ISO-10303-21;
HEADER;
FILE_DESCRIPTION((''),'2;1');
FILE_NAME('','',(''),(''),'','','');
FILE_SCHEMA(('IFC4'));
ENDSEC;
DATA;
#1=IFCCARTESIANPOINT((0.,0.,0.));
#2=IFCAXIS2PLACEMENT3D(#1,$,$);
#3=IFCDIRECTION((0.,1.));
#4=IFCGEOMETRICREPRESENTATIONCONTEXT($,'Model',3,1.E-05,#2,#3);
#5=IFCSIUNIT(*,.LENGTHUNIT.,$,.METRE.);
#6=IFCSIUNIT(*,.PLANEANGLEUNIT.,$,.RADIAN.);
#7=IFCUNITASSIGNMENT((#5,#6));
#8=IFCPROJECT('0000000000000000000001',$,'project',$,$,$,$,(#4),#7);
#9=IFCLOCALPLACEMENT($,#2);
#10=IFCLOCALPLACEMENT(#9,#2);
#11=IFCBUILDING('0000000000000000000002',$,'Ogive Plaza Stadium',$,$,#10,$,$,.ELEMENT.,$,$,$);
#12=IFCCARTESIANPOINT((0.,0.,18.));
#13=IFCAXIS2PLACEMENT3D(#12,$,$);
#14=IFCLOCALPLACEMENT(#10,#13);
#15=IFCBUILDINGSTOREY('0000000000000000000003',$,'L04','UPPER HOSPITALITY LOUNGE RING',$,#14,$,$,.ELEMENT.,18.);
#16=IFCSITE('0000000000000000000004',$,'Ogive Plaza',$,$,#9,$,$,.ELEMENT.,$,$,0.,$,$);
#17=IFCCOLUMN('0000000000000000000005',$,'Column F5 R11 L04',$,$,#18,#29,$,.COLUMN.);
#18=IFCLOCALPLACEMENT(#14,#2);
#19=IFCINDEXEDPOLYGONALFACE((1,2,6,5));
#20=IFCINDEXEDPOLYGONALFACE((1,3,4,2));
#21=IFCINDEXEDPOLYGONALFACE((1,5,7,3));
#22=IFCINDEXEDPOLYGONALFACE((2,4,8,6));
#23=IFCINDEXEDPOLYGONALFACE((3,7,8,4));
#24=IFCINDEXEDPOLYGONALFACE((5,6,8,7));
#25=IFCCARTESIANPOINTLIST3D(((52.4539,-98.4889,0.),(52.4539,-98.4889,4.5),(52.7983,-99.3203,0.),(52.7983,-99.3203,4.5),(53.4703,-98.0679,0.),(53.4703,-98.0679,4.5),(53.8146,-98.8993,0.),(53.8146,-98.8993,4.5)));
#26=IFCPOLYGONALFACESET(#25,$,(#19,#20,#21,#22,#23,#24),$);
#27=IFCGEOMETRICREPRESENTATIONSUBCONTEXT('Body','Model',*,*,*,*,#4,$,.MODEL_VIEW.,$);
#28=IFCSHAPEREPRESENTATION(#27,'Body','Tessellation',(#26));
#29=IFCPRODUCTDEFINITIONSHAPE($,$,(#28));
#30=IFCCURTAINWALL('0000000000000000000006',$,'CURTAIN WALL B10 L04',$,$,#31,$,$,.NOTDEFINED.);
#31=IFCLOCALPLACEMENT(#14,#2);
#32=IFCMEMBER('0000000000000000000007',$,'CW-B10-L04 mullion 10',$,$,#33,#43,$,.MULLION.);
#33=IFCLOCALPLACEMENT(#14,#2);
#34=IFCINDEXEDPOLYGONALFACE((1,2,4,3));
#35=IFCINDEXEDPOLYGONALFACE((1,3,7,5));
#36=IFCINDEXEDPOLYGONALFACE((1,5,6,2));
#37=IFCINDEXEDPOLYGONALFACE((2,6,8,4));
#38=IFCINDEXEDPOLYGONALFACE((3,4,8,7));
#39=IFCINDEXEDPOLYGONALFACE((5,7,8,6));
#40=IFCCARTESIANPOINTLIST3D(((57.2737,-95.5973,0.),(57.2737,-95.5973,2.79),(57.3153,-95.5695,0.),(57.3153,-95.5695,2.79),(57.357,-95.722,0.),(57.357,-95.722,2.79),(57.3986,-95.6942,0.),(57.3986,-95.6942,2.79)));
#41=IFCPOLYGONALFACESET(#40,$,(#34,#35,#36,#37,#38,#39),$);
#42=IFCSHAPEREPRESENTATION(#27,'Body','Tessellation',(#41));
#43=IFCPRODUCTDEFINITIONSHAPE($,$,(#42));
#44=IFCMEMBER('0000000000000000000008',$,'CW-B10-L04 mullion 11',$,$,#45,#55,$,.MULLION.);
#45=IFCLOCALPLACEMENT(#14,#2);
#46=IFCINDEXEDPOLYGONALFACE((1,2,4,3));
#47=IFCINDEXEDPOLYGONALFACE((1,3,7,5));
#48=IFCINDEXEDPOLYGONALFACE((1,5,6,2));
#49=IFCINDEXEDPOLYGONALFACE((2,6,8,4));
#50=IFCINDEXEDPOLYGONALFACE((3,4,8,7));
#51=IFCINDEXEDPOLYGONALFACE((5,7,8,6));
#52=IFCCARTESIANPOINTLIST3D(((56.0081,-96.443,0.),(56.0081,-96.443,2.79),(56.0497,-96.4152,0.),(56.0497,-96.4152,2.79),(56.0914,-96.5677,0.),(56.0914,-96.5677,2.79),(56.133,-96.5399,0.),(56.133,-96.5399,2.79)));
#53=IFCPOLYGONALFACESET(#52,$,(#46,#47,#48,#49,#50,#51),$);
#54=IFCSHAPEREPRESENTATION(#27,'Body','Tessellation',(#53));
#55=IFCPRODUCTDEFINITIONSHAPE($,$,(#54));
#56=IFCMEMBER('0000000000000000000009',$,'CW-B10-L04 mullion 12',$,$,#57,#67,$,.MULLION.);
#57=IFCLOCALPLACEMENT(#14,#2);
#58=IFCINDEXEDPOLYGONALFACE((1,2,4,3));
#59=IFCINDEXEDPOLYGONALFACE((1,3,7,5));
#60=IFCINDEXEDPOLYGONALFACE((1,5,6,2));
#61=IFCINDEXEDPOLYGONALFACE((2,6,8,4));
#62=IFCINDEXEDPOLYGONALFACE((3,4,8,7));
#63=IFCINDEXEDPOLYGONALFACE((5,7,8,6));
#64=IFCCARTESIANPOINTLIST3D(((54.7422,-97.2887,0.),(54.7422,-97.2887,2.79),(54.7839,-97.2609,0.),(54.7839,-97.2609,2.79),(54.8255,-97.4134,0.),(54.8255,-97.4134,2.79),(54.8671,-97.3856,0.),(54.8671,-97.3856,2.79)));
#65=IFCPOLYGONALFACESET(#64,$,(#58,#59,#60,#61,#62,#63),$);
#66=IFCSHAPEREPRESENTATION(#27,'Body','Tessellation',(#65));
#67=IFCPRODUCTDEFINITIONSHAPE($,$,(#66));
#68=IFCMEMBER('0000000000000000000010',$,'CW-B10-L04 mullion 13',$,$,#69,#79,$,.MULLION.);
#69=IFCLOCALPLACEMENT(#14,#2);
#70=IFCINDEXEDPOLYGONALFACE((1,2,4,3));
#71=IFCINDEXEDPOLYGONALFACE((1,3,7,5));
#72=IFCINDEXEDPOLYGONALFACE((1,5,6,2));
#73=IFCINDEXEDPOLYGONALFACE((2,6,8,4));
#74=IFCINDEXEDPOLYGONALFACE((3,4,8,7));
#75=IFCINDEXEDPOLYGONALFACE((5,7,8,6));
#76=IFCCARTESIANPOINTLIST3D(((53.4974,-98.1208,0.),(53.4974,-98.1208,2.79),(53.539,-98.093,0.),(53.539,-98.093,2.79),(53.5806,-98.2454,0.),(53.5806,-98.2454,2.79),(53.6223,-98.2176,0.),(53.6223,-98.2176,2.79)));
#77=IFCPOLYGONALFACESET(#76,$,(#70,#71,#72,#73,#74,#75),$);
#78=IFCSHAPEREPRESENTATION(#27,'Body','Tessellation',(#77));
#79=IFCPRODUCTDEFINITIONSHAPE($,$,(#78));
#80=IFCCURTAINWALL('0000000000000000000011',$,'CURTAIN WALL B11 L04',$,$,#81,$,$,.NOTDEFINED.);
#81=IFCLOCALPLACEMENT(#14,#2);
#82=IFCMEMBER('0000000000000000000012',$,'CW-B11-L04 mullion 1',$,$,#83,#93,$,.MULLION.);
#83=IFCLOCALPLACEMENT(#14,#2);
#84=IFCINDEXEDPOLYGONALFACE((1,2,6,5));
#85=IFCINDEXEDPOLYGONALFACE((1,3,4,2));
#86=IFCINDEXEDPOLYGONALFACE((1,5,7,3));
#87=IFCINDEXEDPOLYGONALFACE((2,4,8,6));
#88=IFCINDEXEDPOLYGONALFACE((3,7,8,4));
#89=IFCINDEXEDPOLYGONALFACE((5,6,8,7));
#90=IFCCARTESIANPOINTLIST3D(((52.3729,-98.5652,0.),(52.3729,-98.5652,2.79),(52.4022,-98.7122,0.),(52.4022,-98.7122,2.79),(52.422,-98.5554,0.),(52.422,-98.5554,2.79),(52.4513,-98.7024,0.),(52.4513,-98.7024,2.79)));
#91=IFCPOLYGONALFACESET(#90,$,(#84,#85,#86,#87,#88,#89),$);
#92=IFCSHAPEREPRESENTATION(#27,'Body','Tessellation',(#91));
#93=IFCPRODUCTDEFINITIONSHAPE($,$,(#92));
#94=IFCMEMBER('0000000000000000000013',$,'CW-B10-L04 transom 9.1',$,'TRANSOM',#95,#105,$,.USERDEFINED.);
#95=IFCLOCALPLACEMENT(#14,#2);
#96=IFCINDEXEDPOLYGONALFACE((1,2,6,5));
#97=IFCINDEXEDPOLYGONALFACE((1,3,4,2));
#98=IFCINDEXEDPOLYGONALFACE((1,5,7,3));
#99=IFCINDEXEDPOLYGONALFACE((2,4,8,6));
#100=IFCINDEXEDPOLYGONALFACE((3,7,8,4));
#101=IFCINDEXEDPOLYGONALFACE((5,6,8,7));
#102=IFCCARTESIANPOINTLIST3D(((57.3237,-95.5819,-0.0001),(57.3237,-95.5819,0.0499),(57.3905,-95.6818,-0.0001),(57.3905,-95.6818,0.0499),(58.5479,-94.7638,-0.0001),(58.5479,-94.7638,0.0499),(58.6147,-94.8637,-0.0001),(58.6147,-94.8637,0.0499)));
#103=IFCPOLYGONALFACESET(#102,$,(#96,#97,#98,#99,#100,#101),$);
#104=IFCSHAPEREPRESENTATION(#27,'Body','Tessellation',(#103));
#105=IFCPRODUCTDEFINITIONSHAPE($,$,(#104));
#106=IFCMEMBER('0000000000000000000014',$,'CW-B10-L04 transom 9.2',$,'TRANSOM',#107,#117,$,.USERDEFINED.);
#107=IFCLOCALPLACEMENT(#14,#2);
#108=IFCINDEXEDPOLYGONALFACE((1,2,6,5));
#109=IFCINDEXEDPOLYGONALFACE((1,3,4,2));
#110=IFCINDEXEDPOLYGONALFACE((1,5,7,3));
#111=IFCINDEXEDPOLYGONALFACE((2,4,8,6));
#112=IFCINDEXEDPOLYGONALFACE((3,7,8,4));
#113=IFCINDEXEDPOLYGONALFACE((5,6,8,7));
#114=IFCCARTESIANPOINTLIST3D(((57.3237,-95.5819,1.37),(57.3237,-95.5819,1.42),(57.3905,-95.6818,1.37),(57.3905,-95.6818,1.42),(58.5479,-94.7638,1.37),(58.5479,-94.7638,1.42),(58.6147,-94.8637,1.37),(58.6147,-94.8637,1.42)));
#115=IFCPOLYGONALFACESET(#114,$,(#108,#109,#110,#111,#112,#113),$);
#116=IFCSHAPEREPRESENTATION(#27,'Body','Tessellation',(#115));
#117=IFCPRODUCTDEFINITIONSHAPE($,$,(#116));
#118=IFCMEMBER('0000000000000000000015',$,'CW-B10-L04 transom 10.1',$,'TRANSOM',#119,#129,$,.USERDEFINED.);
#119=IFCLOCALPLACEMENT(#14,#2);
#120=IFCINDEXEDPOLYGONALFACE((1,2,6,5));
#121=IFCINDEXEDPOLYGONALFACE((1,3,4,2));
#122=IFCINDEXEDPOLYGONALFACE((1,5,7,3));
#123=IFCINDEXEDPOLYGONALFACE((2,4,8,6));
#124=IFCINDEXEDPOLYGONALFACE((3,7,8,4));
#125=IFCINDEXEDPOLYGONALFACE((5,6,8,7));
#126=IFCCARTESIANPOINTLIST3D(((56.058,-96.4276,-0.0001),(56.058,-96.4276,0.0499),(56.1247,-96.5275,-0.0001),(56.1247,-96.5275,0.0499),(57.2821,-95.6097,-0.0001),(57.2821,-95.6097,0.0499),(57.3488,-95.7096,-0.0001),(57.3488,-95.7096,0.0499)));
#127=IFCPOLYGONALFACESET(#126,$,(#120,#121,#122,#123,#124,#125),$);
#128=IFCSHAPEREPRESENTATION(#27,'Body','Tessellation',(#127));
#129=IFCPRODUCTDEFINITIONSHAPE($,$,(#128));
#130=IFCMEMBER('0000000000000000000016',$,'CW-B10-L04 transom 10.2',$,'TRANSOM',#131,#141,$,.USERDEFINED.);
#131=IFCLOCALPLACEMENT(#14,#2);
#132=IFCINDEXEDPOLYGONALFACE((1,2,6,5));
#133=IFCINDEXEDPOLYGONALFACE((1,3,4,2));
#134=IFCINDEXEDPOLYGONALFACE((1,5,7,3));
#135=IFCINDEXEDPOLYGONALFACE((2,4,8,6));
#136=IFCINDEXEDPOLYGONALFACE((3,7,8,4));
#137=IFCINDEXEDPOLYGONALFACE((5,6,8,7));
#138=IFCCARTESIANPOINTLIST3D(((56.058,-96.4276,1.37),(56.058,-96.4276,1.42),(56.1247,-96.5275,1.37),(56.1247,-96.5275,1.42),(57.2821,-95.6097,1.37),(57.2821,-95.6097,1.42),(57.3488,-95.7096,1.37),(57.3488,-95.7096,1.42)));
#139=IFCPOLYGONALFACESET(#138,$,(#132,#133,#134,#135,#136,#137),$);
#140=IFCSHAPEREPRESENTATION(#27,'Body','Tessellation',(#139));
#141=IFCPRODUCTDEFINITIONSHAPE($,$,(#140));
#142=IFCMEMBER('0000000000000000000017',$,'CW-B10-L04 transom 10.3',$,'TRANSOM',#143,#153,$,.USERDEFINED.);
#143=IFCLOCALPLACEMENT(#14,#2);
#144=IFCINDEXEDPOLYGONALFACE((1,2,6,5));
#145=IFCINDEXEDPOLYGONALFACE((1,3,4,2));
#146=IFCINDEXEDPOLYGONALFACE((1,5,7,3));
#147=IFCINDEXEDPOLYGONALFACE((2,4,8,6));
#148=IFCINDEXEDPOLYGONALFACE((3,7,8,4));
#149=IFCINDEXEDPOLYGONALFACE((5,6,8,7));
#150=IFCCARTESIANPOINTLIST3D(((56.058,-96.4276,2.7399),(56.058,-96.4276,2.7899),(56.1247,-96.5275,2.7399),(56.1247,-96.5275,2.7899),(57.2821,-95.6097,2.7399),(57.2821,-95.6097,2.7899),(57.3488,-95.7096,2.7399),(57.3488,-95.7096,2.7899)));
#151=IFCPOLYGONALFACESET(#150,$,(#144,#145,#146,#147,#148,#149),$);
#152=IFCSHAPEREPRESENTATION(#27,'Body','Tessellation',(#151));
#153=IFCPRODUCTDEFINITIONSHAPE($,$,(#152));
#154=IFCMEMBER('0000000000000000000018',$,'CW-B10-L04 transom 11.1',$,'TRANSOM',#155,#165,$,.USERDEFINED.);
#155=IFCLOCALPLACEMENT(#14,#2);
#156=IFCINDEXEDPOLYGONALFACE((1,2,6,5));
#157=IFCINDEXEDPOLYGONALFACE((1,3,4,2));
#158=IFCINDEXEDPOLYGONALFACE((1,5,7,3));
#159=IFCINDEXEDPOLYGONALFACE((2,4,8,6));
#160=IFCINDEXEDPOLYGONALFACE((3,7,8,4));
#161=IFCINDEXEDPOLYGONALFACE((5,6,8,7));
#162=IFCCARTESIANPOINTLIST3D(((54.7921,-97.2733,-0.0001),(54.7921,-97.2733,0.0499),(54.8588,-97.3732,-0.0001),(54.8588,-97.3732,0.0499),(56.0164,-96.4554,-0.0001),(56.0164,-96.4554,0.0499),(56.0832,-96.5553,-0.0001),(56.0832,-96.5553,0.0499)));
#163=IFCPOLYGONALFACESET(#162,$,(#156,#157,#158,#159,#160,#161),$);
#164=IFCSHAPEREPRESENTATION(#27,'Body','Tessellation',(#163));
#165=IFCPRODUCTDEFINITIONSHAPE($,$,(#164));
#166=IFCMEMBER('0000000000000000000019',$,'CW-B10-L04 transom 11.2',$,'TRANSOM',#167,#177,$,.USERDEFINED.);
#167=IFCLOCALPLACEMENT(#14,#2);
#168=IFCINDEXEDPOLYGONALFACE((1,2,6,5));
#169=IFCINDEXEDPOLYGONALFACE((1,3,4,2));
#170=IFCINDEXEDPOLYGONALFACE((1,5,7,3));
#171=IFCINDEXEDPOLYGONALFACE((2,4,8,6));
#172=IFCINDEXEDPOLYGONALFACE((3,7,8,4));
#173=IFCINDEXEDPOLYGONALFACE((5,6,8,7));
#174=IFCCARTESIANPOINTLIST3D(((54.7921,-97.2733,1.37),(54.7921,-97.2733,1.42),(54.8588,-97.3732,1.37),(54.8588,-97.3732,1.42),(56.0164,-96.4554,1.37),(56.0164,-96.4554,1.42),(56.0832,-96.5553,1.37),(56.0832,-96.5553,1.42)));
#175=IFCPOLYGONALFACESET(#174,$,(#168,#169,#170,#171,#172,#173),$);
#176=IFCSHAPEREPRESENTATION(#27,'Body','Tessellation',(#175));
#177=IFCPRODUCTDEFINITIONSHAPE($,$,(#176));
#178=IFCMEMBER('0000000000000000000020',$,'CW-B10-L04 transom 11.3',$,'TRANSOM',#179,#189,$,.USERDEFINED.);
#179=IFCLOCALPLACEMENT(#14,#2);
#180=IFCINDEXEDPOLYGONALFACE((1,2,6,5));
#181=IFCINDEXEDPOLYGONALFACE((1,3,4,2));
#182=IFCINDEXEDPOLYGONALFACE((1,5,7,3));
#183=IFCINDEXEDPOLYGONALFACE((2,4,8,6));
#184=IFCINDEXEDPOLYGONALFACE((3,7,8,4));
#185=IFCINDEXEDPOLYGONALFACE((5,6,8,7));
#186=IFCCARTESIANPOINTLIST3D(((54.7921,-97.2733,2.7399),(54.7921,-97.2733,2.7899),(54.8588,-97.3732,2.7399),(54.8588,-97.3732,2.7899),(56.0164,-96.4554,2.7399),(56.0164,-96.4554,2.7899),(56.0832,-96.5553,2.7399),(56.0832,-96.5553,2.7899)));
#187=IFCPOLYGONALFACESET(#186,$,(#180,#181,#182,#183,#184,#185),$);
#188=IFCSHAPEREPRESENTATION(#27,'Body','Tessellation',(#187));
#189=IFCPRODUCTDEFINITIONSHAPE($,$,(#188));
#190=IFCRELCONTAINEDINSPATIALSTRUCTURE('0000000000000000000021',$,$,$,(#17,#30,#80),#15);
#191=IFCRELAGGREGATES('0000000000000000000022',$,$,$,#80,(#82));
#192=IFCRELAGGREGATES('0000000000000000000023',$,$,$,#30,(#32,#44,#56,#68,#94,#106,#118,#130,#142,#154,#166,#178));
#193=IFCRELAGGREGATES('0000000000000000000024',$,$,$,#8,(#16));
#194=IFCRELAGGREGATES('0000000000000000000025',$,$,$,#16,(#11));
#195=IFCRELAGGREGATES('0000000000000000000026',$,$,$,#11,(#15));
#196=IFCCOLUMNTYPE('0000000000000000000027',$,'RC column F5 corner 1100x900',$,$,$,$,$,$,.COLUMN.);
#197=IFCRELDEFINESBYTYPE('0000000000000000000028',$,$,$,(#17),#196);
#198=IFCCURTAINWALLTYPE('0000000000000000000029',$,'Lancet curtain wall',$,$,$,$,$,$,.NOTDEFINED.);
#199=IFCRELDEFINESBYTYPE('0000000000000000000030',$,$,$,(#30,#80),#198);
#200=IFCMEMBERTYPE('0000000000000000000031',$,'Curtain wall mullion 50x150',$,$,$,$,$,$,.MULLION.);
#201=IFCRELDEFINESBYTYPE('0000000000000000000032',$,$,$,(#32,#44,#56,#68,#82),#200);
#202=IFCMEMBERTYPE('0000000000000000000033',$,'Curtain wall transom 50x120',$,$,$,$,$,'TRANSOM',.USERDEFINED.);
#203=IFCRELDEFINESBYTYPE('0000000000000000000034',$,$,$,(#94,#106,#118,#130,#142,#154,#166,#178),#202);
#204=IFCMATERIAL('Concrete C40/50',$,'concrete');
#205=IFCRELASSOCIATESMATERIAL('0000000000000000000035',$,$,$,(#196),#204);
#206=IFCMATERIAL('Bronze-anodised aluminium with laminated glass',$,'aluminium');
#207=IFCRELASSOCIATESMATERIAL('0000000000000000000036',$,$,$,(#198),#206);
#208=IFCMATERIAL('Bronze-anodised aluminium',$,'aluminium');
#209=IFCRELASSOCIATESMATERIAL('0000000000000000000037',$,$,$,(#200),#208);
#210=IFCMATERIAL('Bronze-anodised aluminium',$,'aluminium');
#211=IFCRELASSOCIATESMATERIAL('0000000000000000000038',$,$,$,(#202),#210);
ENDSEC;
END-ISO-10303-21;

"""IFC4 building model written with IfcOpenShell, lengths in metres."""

from ifc_helpers import new_model, si_unit, direction, frame, origin, origin_2d, place, context, subcontext, project, spatial, rectangle, extrude, material, material_profile, profile_set, type_object, element, aggregate, save


model = new_model("IFC4")

# Units and contexts
model_context = context("Model", 3, precision=1e-05, world=origin(), true_north=direction((0.0, 1.0)))
body_context = subcontext(model_context, "Body", "Model", "MODEL_VIEW")
ifc_project = project(units=[si_unit("LENGTHUNIT", "METRE"), si_unit("PLANEANGLEUNIT", "RADIAN")], contexts=[model_context])

# Site, building, storey
site_placement = place(None, origin())
site = spatial("IfcSite", under=ifc_project, at=site_placement, Name="Ogive Plaza", CompositionType="ELEMENT", RefElevation=0.0)
building_placement = place(site_placement, origin())
building = spatial("IfcBuilding", under=site, at=building_placement, Name="Ogive Plaza Stadium", CompositionType="ELEMENT")
storey_placement = place(building_placement, frame((0.0, 0.0, 18.0)))
storey = spatial("IfcBuildingStorey", under=building, at=storey_placement, Name="L04", Description="UPPER HOSPITALITY LOUNGE RING", CompositionType="ELEMENT", Elevation=18.0)

# Column
ifc_material_1 = material(Name="Concrete C40/50", Category="concrete")
ifc_material_profile_1 = material_profile(ifc_material_1, rectangle(XDim=1.1001, YDim=0.8999, at=origin_2d()), Name="RC 1100x900")
ifc_profile_set_1 = profile_set([ifc_material_profile_1], Name="Concrete C40/50")
column_type = type_object("IfcColumnType", Name="RC column F5 corner 1100x900", PredefinedType="COLUMN", material=ifc_profile_set_1)
column_placement = place(storey_placement, frame((53.1343, -98.6941, 0.0), z_axis=(0.0, 0.0, 1.0), x_axis=(0.92388, 0.382683, 0.0)))
element("IfcColumn", 1, at=column_placement, inside=storey, type_object=column_type, Name="Column F5 R11 L04", PredefinedType="COLUMN", context=body_context, shape_type="SweptSolid", body=[
    extrude(rectangle(XDim=1.1001, YDim=0.8999, at=origin_2d()), origin(), (0.0, 0.0, 1.0), 4.5),
])

# Curtain wall, members
ifc_material_2 = material(Name="Bronze-anodised aluminium with laminated glass", Category="aluminium")
curtain_wall_type = type_object("IfcCurtainWallType", Name="Lancet curtain wall", PredefinedType="NOTDEFINED", material=ifc_material_2)
curtain_wall_1_placement = place(storey_placement, origin())
curtain_wall_1 = element("IfcCurtainWall", 2, at=curtain_wall_1_placement, inside=storey, type_object=curtain_wall_type, Name="CURTAIN WALL B10 L04", PredefinedType="NOTDEFINED")
ifc_material_3 = material(Name="Bronze-anodised aluminium", Category="aluminium")
ifc_material_profile_2 = material_profile(ifc_material_3, rectangle(XDim=0.1499, YDim=0.05, at=origin_2d()), Name="AL 150x50")
ifc_profile_set_2 = profile_set([ifc_material_profile_2], Name="Bronze-anodised aluminium")
member_type_1 = type_object("IfcMemberType", Name="Curtain wall mullion 50x150", PredefinedType="MULLION", material=ifc_profile_set_2)
member_1_placement = place(storey_placement, frame((57.3362, -95.6458, 0.0), z_axis=(0.0, 0.0, 1.0), x_axis=(0.55557, -0.83147, 0.0)))
member_1 = element("IfcMember", 3, at=member_1_placement, type_object=member_type_1, Name="CW-B10-L04 mullion 10", PredefinedType="MULLION", context=body_context, shape_type="SweptSolid", body=[
    extrude(rectangle(XDim=0.1499, YDim=0.05, at=origin_2d()), origin(), (0.0, 0.0, 1.0), 2.79),
])
member_2_placement = place(storey_placement, frame((56.0706, -96.4915, 0.0), z_axis=(0.0, 0.0, 1.0), x_axis=(0.55557, -0.83147, 0.0)))
member_2 = element("IfcMember", 4, at=member_2_placement, type_object=member_type_1, Name="CW-B10-L04 mullion 11", PredefinedType="MULLION", context=body_context, shape_type="SweptSolid", body=[
    extrude(rectangle(XDim=0.1499, YDim=0.05, at=origin_2d()), origin(), (0.0, 0.0, 1.0), 2.79),
])
member_3_placement = place(storey_placement, frame((54.8047, -97.3372, 0.0), z_axis=(0.0, 0.0, 1.0), x_axis=(0.55557, -0.83147, 0.0)))
member_3 = element("IfcMember", 5, at=member_3_placement, type_object=member_type_1, Name="CW-B10-L04 mullion 12", PredefinedType="MULLION", context=body_context, shape_type="SweptSolid", body=[
    extrude(rectangle(XDim=0.1499, YDim=0.05, at=origin_2d()), origin(), (0.0, 0.0, 1.0), 2.79),
])
member_4_placement = place(storey_placement, frame((53.5598, -98.1692, 0.0), z_axis=(0.0, 0.0, 1.0), x_axis=(0.55557, -0.83147, 0.0)))
member_4 = element("IfcMember", 6, at=member_4_placement, type_object=member_type_1, Name="CW-B10-L04 mullion 13", PredefinedType="MULLION", context=body_context, shape_type="SweptSolid", body=[
    extrude(rectangle(XDim=0.1499, YDim=0.05, at=origin_2d()), origin(), (0.0, 0.0, 1.0), 2.79),
])

# Curtain wall, member
curtain_wall_2_placement = place(storey_placement, origin())
curtain_wall_2 = element("IfcCurtainWall", 7, at=curtain_wall_2_placement, inside=storey, type_object=curtain_wall_type, Name="CURTAIN WALL B11 L04", PredefinedType="NOTDEFINED")
member_5_placement = place(storey_placement, frame((52.4121, -98.6338, 0.0), z_axis=(0.0, 0.0, 1.0), x_axis=(0.19509, -0.980785, 0.0)))
member_5 = element("IfcMember", 8, at=member_5_placement, type_object=member_type_1, Name="CW-B11-L04 mullion 1", PredefinedType="MULLION", context=body_context, shape_type="SweptSolid", body=[
    extrude(rectangle(XDim=0.1499, YDim=0.05, at=origin_2d()), origin(), (0.0, 0.0, 1.0), 2.79),
])
aggregate(curtain_wall_2, [member_5])

# Members
ifc_material_4 = material(Name="Bronze-anodised aluminium", Category="aluminium")
ifc_material_profile_3 = material_profile(ifc_material_4, rectangle(XDim=0.1201, YDim=0.05, at=origin_2d()), Name="AL 120x50")
ifc_profile_set_3 = profile_set([ifc_material_profile_3], Name="Bronze-anodised aluminium")
member_type_2 = type_object("IfcMemberType", Name="Curtain wall transom 50x120", ElementType="TRANSOM", PredefinedType="USERDEFINED", material=ifc_profile_set_3)
member_6_placement = place(storey_placement, frame((58.5813, -94.8137, 0.0249), z_axis=(-0.831412, -0.555656, 0.0), x_axis=(0.555656, -0.831412, 0.0)))
member_6 = element("IfcMember", 9, at=member_6_placement, type_object=member_type_2, Name="CW-B10-L04 transom 9.1", ObjectType="TRANSOM", PredefinedType="USERDEFINED", context=body_context, shape_type="SweptSolid", body=[
    extrude(rectangle(XDim=0.1201, YDim=0.05, at=origin_2d()), origin(), (0.0, 0.0, 1.0), 1.4724),
])
member_7_placement = place(storey_placement, frame((58.5813, -94.8137, 1.395), z_axis=(-0.831412, -0.555656, 0.0), x_axis=(0.555656, -0.831412, 0.0)))
member_7 = element("IfcMember", 10, at=member_7_placement, type_object=member_type_2, Name="CW-B10-L04 transom 9.2", ObjectType="TRANSOM", PredefinedType="USERDEFINED", context=body_context, shape_type="SweptSolid", body=[
    extrude(rectangle(XDim=0.1201, YDim=0.05, at=origin_2d()), origin(), (0.0, 0.0, 1.0), 1.4724),
])
member_8_placement = place(storey_placement, frame((57.3154, -95.6597, 0.0249), z_axis=(-0.831489, -0.555542, 0.0), x_axis=(0.555542, -0.831489, 0.0)))
member_8 = element("IfcMember", 11, at=member_8_placement, type_object=member_type_2, Name="CW-B10-L04 transom 10.1", ObjectType="TRANSOM", PredefinedType="USERDEFINED", context=body_context, shape_type="SweptSolid", body=[
    extrude(rectangle(XDim=0.1201, YDim=0.05, at=origin_2d()), origin(), (0.0, 0.0, 1.0), 1.4722),
])
member_9_placement = place(storey_placement, frame((57.3154, -95.6597, 1.395), z_axis=(-0.831489, -0.555542, 0.0), x_axis=(0.555542, -0.831489, 0.0)))
member_9 = element("IfcMember", 12, at=member_9_placement, type_object=member_type_2, Name="CW-B10-L04 transom 10.2", ObjectType="TRANSOM", PredefinedType="USERDEFINED", context=body_context, shape_type="SweptSolid", body=[
    extrude(rectangle(XDim=0.1201, YDim=0.05, at=origin_2d()), origin(), (0.0, 0.0, 1.0), 1.4722),
])
member_10_placement = place(storey_placement, frame((57.3154, -95.6597, 2.7649), z_axis=(-0.831489, -0.555542, 0.0), x_axis=(0.555542, -0.831489, 0.0)))
member_10 = element("IfcMember", 13, at=member_10_placement, type_object=member_type_2, Name="CW-B10-L04 transom 10.3", ObjectType="TRANSOM", PredefinedType="USERDEFINED", context=body_context, shape_type="SweptSolid", body=[
    extrude(rectangle(XDim=0.1201, YDim=0.05, at=origin_2d()), origin(), (0.0, 0.0, 1.0), 1.4722),
])
member_11_placement = place(storey_placement, frame((56.0498, -96.5054, 0.0249), z_axis=(-0.83154, -0.555465, 0.0), x_axis=(0.555465, -0.83154, 0.0)))
member_11 = element("IfcMember", 14, at=member_11_placement, type_object=member_type_2, Name="CW-B10-L04 transom 11.1", ObjectType="TRANSOM", PredefinedType="USERDEFINED", context=body_context, shape_type="SweptSolid", body=[
    extrude(rectangle(XDim=0.1201, YDim=0.05, at=origin_2d()), origin(), (0.0, 0.0, 1.0), 1.4724),
])
member_12_placement = place(storey_placement, frame((56.0498, -96.5054, 1.395), z_axis=(-0.83154, -0.555465, 0.0), x_axis=(0.555465, -0.83154, 0.0)))
member_12 = element("IfcMember", 15, at=member_12_placement, type_object=member_type_2, Name="CW-B10-L04 transom 11.2", ObjectType="TRANSOM", PredefinedType="USERDEFINED", context=body_context, shape_type="SweptSolid", body=[
    extrude(rectangle(XDim=0.1201, YDim=0.05, at=origin_2d()), origin(), (0.0, 0.0, 1.0), 1.4724),
])
member_13_placement = place(storey_placement, frame((56.0498, -96.5054, 2.7649), z_axis=(-0.83154, -0.555465, 0.0), x_axis=(0.555465, -0.83154, 0.0)))
member_13 = element("IfcMember", 16, at=member_13_placement, type_object=member_type_2, Name="CW-B10-L04 transom 11.3", ObjectType="TRANSOM", PredefinedType="USERDEFINED", context=body_context, shape_type="SweptSolid", body=[
    extrude(rectangle(XDim=0.1201, YDim=0.05, at=origin_2d()), origin(), (0.0, 0.0, 1.0), 1.4724),
])

aggregate(curtain_wall_1, [member_1, member_2, member_3, member_4, member_6, member_7, member_8, member_9, member_10, member_11, member_12, member_13])

save(model, "model.ifc")
